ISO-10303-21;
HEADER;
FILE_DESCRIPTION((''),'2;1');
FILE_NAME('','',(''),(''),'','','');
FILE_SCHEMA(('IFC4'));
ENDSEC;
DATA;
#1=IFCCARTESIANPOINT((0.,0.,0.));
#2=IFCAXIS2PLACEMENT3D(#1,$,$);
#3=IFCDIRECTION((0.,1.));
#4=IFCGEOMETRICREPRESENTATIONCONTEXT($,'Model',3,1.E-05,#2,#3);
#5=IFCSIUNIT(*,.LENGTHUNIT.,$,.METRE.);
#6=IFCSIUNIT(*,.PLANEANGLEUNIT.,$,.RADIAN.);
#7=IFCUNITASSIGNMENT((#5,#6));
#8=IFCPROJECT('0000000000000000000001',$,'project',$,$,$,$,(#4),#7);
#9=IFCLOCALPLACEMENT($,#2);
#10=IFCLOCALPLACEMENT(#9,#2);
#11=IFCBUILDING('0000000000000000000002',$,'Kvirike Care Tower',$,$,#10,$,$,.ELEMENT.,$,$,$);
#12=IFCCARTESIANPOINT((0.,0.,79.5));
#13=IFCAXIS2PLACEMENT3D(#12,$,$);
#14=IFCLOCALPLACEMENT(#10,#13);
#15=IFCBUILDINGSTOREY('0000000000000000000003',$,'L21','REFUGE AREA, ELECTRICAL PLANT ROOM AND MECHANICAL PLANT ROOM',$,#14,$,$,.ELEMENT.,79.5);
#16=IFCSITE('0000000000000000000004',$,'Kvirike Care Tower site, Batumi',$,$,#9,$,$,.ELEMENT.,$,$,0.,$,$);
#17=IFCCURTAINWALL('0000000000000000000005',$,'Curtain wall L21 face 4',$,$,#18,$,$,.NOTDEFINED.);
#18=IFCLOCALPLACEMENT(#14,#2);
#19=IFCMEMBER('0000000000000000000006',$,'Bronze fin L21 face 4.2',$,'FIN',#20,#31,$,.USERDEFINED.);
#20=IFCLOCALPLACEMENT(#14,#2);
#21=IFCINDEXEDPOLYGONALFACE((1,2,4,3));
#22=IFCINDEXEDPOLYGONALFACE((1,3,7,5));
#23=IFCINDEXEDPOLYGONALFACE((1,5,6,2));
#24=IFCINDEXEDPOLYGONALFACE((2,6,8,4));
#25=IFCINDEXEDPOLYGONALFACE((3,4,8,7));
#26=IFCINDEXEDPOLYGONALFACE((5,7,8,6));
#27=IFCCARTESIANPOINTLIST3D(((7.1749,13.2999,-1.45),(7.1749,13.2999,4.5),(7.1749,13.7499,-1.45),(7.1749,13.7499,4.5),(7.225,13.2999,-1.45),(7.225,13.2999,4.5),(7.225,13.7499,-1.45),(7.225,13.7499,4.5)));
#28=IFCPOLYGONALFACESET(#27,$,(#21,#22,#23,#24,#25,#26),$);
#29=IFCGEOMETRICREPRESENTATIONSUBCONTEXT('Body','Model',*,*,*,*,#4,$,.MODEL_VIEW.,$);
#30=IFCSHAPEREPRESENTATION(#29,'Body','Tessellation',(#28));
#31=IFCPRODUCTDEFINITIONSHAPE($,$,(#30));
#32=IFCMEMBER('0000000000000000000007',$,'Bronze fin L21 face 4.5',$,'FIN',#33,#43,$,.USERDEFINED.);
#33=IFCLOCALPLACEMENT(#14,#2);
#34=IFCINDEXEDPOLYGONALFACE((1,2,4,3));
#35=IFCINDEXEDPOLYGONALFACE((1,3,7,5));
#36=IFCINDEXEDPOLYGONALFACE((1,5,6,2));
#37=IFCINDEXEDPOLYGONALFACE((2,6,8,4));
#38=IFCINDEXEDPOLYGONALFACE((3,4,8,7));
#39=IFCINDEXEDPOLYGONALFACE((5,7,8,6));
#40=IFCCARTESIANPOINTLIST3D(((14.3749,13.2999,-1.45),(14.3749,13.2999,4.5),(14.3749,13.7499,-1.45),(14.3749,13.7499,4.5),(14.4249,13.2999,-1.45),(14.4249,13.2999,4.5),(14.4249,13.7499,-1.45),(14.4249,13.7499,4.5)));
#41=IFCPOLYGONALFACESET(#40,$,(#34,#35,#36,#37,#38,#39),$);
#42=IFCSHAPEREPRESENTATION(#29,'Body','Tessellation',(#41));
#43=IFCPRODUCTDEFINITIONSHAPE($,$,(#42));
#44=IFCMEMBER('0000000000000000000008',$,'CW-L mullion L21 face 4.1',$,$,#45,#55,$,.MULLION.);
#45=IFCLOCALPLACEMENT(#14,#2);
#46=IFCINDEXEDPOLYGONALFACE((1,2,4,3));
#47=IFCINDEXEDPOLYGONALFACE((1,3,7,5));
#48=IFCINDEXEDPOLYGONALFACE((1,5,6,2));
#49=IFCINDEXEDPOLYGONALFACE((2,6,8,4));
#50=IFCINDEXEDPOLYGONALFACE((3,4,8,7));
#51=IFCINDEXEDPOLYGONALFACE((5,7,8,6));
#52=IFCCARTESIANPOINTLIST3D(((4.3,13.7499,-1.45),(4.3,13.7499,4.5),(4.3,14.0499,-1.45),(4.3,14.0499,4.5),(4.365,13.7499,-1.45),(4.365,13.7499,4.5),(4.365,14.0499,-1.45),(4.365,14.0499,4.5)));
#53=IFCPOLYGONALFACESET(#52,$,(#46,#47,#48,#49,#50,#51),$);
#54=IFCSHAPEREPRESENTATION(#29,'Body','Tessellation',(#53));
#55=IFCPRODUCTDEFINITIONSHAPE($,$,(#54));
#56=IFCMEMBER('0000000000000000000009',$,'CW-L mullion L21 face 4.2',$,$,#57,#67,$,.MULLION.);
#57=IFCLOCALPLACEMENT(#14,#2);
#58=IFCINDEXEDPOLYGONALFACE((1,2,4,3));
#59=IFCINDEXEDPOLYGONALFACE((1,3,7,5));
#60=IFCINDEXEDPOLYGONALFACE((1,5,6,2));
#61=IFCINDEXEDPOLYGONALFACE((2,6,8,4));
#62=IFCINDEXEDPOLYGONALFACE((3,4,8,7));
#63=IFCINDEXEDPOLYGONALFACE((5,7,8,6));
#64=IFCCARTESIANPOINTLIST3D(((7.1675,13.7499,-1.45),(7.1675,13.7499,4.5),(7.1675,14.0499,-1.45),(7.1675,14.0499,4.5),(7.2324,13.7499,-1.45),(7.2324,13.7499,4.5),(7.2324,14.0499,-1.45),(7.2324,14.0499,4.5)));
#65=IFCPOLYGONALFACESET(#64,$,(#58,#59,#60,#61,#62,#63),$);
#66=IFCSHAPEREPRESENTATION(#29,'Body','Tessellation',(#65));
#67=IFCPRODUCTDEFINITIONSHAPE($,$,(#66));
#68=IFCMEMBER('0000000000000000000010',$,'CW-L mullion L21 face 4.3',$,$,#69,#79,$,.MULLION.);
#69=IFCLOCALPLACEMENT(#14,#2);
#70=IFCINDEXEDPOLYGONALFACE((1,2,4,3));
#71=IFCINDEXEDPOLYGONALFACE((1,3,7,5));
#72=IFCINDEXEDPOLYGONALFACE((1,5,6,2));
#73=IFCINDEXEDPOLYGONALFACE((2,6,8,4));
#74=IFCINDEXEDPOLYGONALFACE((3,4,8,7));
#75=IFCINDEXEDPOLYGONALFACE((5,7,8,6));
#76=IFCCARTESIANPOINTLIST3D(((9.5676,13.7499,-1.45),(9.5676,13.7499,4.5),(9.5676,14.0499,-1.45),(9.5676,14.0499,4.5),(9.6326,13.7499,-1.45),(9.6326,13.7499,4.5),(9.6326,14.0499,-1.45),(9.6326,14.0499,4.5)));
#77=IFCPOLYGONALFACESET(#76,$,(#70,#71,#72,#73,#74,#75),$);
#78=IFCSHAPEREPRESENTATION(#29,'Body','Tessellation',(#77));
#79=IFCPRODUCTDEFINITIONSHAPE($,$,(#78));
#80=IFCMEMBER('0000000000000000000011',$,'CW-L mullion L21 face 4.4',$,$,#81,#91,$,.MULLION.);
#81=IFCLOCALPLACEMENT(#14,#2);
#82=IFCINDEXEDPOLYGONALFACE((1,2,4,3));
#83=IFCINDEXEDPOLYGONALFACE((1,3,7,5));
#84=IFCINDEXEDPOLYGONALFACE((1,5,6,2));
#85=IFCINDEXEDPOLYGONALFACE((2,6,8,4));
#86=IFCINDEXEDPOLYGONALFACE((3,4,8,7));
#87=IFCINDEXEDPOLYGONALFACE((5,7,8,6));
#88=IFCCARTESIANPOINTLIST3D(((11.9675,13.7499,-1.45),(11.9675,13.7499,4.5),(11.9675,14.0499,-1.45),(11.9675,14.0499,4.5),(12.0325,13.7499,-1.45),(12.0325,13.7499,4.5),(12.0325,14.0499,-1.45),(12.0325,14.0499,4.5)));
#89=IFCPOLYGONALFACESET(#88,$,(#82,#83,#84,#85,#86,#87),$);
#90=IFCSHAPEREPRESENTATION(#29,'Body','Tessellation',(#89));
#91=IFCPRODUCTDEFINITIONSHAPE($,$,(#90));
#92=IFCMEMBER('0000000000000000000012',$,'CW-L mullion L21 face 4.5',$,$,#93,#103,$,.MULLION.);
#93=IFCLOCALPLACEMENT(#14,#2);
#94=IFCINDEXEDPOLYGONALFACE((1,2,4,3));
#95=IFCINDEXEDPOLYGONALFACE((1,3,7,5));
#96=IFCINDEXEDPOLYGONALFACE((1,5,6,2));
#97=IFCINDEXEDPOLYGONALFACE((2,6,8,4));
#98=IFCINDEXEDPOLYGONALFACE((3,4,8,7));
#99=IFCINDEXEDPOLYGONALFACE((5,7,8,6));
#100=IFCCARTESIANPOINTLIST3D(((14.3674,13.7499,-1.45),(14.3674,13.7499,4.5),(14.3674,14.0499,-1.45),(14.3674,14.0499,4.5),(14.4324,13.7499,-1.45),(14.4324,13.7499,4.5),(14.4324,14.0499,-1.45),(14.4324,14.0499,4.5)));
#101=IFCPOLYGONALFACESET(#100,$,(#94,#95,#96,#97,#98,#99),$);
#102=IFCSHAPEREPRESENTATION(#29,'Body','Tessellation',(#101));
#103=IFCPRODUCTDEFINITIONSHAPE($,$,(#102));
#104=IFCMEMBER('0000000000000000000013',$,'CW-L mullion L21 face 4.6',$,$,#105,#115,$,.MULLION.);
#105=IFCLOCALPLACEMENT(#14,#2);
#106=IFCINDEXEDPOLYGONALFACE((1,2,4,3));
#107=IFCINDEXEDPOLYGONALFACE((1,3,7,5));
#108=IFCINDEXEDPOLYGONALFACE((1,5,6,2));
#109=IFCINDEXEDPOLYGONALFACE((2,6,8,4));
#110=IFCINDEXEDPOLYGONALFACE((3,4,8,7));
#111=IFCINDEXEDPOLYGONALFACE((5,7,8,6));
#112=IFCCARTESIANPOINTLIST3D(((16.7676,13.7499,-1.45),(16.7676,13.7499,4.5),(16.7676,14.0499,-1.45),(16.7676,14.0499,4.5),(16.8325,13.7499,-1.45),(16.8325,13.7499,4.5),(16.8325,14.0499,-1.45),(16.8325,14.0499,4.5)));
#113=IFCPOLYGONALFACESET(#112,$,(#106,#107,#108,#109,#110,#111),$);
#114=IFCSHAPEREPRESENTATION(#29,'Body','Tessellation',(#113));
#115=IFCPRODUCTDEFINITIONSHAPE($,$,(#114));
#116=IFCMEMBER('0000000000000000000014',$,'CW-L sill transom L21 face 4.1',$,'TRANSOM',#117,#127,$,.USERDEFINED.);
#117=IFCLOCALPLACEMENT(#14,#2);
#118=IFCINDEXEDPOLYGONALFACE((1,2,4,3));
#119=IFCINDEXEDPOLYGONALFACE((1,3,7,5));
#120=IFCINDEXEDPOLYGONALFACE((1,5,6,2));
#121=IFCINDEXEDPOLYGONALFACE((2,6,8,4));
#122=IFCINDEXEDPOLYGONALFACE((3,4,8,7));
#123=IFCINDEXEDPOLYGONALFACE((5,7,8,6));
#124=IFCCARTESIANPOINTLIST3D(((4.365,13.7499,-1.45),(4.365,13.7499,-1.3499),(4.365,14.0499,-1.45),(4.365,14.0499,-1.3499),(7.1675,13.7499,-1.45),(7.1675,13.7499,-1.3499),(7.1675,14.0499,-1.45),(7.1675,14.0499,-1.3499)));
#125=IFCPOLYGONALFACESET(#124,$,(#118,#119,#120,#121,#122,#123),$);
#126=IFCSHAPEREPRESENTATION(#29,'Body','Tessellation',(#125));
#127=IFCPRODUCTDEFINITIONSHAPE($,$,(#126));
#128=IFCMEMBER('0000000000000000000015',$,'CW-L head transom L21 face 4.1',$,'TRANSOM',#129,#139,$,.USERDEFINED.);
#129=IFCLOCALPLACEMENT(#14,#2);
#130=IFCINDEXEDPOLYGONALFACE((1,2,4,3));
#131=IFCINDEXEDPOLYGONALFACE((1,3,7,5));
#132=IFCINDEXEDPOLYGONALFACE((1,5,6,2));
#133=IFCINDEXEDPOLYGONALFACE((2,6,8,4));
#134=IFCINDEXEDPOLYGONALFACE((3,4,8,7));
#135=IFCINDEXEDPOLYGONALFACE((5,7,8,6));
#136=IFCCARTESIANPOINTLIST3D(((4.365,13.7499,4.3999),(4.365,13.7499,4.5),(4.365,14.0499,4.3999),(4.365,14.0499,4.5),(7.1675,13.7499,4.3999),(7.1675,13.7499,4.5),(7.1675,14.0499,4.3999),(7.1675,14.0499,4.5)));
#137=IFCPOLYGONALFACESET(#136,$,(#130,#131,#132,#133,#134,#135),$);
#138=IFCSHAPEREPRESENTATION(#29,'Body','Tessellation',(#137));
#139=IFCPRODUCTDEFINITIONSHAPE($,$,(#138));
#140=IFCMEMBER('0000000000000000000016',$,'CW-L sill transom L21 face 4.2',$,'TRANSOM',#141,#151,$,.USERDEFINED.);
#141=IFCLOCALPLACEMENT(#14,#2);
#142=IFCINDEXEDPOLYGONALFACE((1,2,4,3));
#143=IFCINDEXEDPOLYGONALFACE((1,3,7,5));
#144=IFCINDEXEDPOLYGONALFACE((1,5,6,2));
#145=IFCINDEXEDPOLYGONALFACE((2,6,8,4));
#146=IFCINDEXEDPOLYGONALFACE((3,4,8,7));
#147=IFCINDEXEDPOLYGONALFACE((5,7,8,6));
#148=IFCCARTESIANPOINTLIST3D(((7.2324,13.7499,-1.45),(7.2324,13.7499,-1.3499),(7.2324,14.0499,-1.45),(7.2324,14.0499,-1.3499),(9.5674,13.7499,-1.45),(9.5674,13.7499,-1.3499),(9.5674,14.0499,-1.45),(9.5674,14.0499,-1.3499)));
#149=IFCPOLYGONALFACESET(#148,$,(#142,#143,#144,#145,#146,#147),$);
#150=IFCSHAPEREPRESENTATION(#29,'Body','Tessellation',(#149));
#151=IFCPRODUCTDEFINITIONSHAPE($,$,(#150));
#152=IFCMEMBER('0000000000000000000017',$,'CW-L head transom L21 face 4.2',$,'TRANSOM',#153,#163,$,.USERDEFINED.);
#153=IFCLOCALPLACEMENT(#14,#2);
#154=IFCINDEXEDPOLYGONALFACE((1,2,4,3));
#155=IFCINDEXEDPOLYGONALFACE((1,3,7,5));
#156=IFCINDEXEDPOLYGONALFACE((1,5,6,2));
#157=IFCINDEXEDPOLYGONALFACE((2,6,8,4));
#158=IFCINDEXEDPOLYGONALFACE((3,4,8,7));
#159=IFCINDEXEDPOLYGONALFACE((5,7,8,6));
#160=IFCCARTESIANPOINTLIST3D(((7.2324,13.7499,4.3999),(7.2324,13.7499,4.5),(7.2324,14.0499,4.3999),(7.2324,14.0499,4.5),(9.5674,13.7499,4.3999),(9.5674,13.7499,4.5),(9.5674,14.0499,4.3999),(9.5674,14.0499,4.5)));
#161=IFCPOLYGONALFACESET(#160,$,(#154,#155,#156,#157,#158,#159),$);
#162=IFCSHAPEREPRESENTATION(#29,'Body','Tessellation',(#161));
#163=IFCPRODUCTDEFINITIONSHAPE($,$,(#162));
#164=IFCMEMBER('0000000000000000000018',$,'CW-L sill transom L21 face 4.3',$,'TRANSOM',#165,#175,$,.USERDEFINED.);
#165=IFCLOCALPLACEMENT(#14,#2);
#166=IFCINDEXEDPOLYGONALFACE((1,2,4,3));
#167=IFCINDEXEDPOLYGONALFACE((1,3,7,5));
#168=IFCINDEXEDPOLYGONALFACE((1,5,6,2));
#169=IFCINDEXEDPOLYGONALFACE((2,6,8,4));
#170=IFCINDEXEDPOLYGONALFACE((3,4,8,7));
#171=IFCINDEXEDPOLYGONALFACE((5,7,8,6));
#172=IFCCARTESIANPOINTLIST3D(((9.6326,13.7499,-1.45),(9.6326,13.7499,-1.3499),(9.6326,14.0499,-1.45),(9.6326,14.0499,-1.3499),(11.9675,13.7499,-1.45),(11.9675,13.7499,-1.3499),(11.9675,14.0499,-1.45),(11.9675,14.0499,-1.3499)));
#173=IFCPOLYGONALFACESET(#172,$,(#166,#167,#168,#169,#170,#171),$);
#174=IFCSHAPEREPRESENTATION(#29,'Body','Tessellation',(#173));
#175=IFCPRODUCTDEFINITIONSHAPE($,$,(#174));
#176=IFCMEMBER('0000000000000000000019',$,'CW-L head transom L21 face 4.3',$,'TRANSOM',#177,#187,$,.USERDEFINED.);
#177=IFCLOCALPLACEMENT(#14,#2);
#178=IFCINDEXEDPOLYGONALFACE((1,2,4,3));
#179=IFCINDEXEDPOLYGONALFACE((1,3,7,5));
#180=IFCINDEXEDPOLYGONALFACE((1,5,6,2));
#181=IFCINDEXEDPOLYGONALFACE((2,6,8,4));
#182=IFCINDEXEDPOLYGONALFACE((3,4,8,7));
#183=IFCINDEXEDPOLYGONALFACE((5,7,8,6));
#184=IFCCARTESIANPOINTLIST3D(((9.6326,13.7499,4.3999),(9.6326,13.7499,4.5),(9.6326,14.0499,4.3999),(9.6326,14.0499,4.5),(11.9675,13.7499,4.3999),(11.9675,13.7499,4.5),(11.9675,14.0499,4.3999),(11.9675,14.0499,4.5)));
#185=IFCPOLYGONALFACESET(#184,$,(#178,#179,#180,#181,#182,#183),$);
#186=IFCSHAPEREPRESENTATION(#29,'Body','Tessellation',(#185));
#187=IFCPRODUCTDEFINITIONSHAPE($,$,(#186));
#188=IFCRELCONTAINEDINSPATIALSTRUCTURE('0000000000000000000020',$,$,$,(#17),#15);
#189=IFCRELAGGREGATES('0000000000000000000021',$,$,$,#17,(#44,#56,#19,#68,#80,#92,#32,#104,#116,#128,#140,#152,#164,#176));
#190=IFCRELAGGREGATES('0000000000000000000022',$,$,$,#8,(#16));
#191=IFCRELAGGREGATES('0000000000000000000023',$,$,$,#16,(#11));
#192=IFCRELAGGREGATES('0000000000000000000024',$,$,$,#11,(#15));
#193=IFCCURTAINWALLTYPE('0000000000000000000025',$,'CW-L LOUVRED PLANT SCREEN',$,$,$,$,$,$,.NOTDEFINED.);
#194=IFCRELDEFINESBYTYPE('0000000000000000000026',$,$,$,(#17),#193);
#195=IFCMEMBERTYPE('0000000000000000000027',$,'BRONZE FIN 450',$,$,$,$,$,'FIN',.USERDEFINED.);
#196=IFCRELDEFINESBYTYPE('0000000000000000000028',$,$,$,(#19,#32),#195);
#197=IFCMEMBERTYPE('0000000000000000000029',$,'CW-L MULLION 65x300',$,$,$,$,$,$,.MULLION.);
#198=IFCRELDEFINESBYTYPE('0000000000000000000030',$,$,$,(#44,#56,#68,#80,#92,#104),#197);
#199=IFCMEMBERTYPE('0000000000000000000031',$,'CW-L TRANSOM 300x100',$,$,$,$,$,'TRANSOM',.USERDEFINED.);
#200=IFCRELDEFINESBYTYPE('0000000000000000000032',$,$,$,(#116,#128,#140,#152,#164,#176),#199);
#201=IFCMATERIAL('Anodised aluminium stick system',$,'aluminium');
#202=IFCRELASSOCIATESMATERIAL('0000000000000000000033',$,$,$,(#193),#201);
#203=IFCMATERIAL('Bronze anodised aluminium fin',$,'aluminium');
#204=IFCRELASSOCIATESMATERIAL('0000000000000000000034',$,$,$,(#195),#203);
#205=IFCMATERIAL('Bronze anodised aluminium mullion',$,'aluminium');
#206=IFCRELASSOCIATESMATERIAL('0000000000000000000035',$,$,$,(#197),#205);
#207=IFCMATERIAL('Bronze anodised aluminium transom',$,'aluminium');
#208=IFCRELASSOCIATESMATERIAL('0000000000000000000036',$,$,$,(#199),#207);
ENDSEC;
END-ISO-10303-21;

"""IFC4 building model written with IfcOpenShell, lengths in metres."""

from ifc_helpers import new_model, si_unit, direction, frame, origin, origin_2d, place, context, subcontext, project, spatial, rectangle, extrude, material, material_profile, profile_set, type_object, element, aggregate, save


model = new_model("IFC4")

# Units and contexts
model_context = context("Model", 3, precision=1e-05, world=origin(), true_north=direction((0.0, 1.0)))
body_context = subcontext(model_context, "Body", "Model", "MODEL_VIEW")
ifc_project = project(units=[si_unit("LENGTHUNIT", "METRE"), si_unit("PLANEANGLEUNIT", "RADIAN")], contexts=[model_context])

# Site, building, storey
site_placement = place(None, origin())
site = spatial("IfcSite", under=ifc_project, at=site_placement, Name="Kvirike Care Tower site, Batumi", CompositionType="ELEMENT", RefElevation=0.0)
building_placement = place(site_placement, origin())
building = spatial("IfcBuilding", under=site, at=building_placement, Name="Kvirike Care Tower", CompositionType="ELEMENT")
storey_placement = place(building_placement, frame((0.0, 0.0, 79.5)))
storey = spatial("IfcBuildingStorey", under=building, at=storey_placement, Name="L21", Description="REFUGE AREA, ELECTRICAL PLANT ROOM AND MECHANICAL PLANT ROOM", CompositionType="ELEMENT", Elevation=79.5)

# Curtain wall, members
ifc_material_1 = material(Name="Anodised aluminium stick system", Category="aluminium")
curtain_wall_type = type_object("IfcCurtainWallType", Name="CW-L LOUVRED PLANT SCREEN", PredefinedType="NOTDEFINED", material=ifc_material_1)
curtain_wall_placement = place(storey_placement, origin())
curtain_wall = element("IfcCurtainWall", 1, at=curtain_wall_placement, inside=storey, type_object=curtain_wall_type, Name="Curtain wall L21 face 4", PredefinedType="NOTDEFINED")
ifc_material_2 = material(Name="Bronze anodised aluminium fin", Category="aluminium")
ifc_material_profile_1 = material_profile(ifc_material_2, rectangle(XDim=0.05, YDim=0.45, at=origin_2d()), Name="BRONZE FIN 450")
ifc_profile_set_1 = profile_set([ifc_material_profile_1], Name="Bronze anodised aluminium fin")
member_type_1 = type_object("IfcMemberType", Name="BRONZE FIN 450", ElementType="FIN", PredefinedType="USERDEFINED", material=ifc_profile_set_1)
member_1_placement = place(storey_placement, frame((7.2, 13.5249, -1.45), z_axis=(0.0, 0.0, 1.0), x_axis=(1.0, 0.0, 0.0)))
member_1 = element("IfcMember", 2, at=member_1_placement, type_object=member_type_1, Name="Bronze fin L21 face 4.2", ObjectType="FIN", PredefinedType="USERDEFINED", context=body_context, shape_type="SweptSolid", body=[
    extrude(rectangle(XDim=0.05, YDim=0.45, at=origin_2d()), origin(), (0.0, 0.0, 1.0), 5.95),
])
member_2_placement = place(storey_placement, frame((14.3999, 13.5249, -1.45), z_axis=(0.0, 0.0, 1.0), x_axis=(1.0, 0.0, 0.0)))
member_2 = element("IfcMember", 3, at=member_2_placement, type_object=member_type_1, Name="Bronze fin L21 face 4.5", ObjectType="FIN", PredefinedType="USERDEFINED", context=body_context, shape_type="SweptSolid", body=[
    extrude(rectangle(XDim=0.05, YDim=0.45, at=origin_2d()), origin(), (0.0, 0.0, 1.0), 5.95),
])
ifc_material_3 = material(Name="Bronze anodised aluminium mullion", Category="aluminium")
ifc_material_profile_2 = material_profile(ifc_material_3, rectangle(XDim=0.0649, YDim=0.3, at=origin_2d()), Name="CW-L MULLION 65x300")
ifc_profile_set_2 = profile_set([ifc_material_profile_2], Name="Bronze anodised aluminium mullion")
member_type_2 = type_object("IfcMemberType", Name="CW-L MULLION 65x300", PredefinedType="MULLION", material=ifc_profile_set_2)
member_3_placement = place(storey_placement, frame((4.3325, 13.8999, -1.45), z_axis=(0.0, 0.0, 1.0), x_axis=(1.0, 0.0, 0.0)))
member_3 = element("IfcMember", 4, at=member_3_placement, type_object=member_type_2, Name="CW-L mullion L21 face 4.1", PredefinedType="MULLION", context=body_context, shape_type="SweptSolid", body=[
    extrude(rectangle(XDim=0.0649, YDim=0.3, at=origin_2d()), origin(), (0.0, 0.0, 1.0), 5.95),
])
member_4_placement = place(storey_placement, frame((7.2, 13.8999, -1.45), z_axis=(0.0, 0.0, 1.0), x_axis=(1.0, 0.0, 0.0)))
member_4 = element("IfcMember", 5, at=member_4_placement, type_object=member_type_2, Name="CW-L mullion L21 face 4.2", PredefinedType="MULLION", context=body_context, shape_type="SweptSolid", body=[
    extrude(rectangle(XDim=0.0649, YDim=0.3, at=origin_2d()), origin(), (0.0, 0.0, 1.0), 5.95),
])
member_5_placement = place(storey_placement, frame((9.6001, 13.8999, -1.45), z_axis=(0.0, 0.0, 1.0), x_axis=(1.0, 0.0, 0.0)))
member_5 = element("IfcMember", 6, at=member_5_placement, type_object=member_type_2, Name="CW-L mullion L21 face 4.3", PredefinedType="MULLION", context=body_context, shape_type="SweptSolid", body=[
    extrude(rectangle(XDim=0.0649, YDim=0.3, at=origin_2d()), origin(), (0.0, 0.0, 1.0), 5.95),
])
member_6_placement = place(storey_placement, frame((12.0, 13.8999, -1.45), z_axis=(0.0, 0.0, 1.0), x_axis=(1.0, 0.0, 0.0)))
member_6 = element("IfcMember", 7, at=member_6_placement, type_object=member_type_2, Name="CW-L mullion L21 face 4.4", PredefinedType="MULLION", context=body_context, shape_type="SweptSolid", body=[
    extrude(rectangle(XDim=0.0649, YDim=0.3, at=origin_2d()), origin(), (0.0, 0.0, 1.0), 5.95),
])
member_7_placement = place(storey_placement, frame((14.3999, 13.8999, -1.45), z_axis=(0.0, 0.0, 1.0), x_axis=(1.0, 0.0, 0.0)))
member_7 = element("IfcMember", 8, at=member_7_placement, type_object=member_type_2, Name="CW-L mullion L21 face 4.5", PredefinedType="MULLION", context=body_context, shape_type="SweptSolid", body=[
    extrude(rectangle(XDim=0.0649, YDim=0.3, at=origin_2d()), origin(), (0.0, 0.0, 1.0), 5.95),
])
member_8_placement = place(storey_placement, frame((16.8, 13.8999, -1.45), z_axis=(0.0, 0.0, 1.0), x_axis=(1.0, 0.0, 0.0)))
member_8 = element("IfcMember", 9, at=member_8_placement, type_object=member_type_2, Name="CW-L mullion L21 face 4.6", PredefinedType="MULLION", context=body_context, shape_type="SweptSolid", body=[
    extrude(rectangle(XDim=0.0649, YDim=0.3, at=origin_2d()), origin(), (0.0, 0.0, 1.0), 5.95),
])
ifc_material_4 = material(Name="Bronze anodised aluminium transom", Category="aluminium")
ifc_material_profile_3 = material_profile(ifc_material_4, rectangle(XDim=0.3, YDim=0.1001, at=origin_2d()), Name="CW-L TRANSOM 300x100")
ifc_profile_set_3 = profile_set([ifc_material_profile_3], Name="Bronze anodised aluminium transom")
member_type_3 = type_object("IfcMemberType", Name="CW-L TRANSOM 300x100", ElementType="TRANSOM", PredefinedType="USERDEFINED", material=ifc_profile_set_3)
member_9_placement = place(storey_placement, frame((4.365, 13.8999, -1.3999), z_axis=(1.0, 0.0, 0.0), x_axis=(0.0, 1.0, 0.0)))
member_9 = element("IfcMember", 10, at=member_9_placement, type_object=member_type_3, Name="CW-L sill transom L21 face 4.1", ObjectType="TRANSOM", PredefinedType="USERDEFINED", context=body_context, shape_type="SweptSolid", body=[
    extrude(rectangle(XDim=0.3, YDim=0.1001, at=origin_2d()), origin(), (0.0, 0.0, 1.0), 2.8025),
])
member_10_placement = place(storey_placement, frame((4.365, 13.8999, 4.45), z_axis=(1.0, 0.0, 0.0), x_axis=(0.0, 1.0, 0.0)))
member_10 = element("IfcMember", 11, at=member_10_placement, type_object=member_type_3, Name="CW-L head transom L21 face 4.1", ObjectType="TRANSOM", PredefinedType="USERDEFINED", context=body_context, shape_type="SweptSolid", body=[
    extrude(rectangle(XDim=0.3, YDim=0.1001, at=origin_2d()), origin(), (0.0, 0.0, 1.0), 2.8025),
])
member_11_placement = place(storey_placement, frame((7.2324, 13.8999, -1.3999), z_axis=(1.0, 0.0, 0.0), x_axis=(0.0, 1.0, 0.0)))
member_11 = element("IfcMember", 12, at=member_11_placement, type_object=member_type_3, Name="CW-L sill transom L21 face 4.2", ObjectType="TRANSOM", PredefinedType="USERDEFINED", context=body_context, shape_type="SweptSolid", body=[
    extrude(rectangle(XDim=0.3, YDim=0.1001, at=origin_2d()), origin(), (0.0, 0.0, 1.0), 2.335),
])
member_12_placement = place(storey_placement, frame((7.2324, 13.8999, 4.45), z_axis=(1.0, 0.0, 0.0), x_axis=(0.0, 1.0, 0.0)))
member_12 = element("IfcMember", 13, at=member_12_placement, type_object=member_type_3, Name="CW-L head transom L21 face 4.2", ObjectType="TRANSOM", PredefinedType="USERDEFINED", context=body_context, shape_type="SweptSolid", body=[
    extrude(rectangle(XDim=0.3, YDim=0.1001, at=origin_2d()), origin(), (0.0, 0.0, 1.0), 2.335),
])
member_13_placement = place(storey_placement, frame((9.6326, 13.8999, -1.3999), z_axis=(1.0, 0.0, 0.0), x_axis=(0.0, 1.0, 0.0)))
member_13 = element("IfcMember", 14, at=member_13_placement, type_object=member_type_3, Name="CW-L sill transom L21 face 4.3", ObjectType="TRANSOM", PredefinedType="USERDEFINED", context=body_context, shape_type="SweptSolid", body=[
    extrude(rectangle(XDim=0.3, YDim=0.1001, at=origin_2d()), origin(), (0.0, 0.0, 1.0), 2.335),
])
member_14_placement = place(storey_placement, frame((9.6326, 13.8999, 4.45), z_axis=(1.0, 0.0, 0.0), x_axis=(0.0, 1.0, 0.0)))
member_14 = element("IfcMember", 15, at=member_14_placement, type_object=member_type_3, Name="CW-L head transom L21 face 4.3", ObjectType="TRANSOM", PredefinedType="USERDEFINED", context=body_context, shape_type="SweptSolid", body=[
    extrude(rectangle(XDim=0.3, YDim=0.1001, at=origin_2d()), origin(), (0.0, 0.0, 1.0), 2.335),
])
aggregate(curtain_wall, [member_3, member_4, member_1, member_5, member_6, member_7, member_2, member_8, member_9, member_10, member_11, member_12, member_13, member_14])

save(model, "model.ifc")
